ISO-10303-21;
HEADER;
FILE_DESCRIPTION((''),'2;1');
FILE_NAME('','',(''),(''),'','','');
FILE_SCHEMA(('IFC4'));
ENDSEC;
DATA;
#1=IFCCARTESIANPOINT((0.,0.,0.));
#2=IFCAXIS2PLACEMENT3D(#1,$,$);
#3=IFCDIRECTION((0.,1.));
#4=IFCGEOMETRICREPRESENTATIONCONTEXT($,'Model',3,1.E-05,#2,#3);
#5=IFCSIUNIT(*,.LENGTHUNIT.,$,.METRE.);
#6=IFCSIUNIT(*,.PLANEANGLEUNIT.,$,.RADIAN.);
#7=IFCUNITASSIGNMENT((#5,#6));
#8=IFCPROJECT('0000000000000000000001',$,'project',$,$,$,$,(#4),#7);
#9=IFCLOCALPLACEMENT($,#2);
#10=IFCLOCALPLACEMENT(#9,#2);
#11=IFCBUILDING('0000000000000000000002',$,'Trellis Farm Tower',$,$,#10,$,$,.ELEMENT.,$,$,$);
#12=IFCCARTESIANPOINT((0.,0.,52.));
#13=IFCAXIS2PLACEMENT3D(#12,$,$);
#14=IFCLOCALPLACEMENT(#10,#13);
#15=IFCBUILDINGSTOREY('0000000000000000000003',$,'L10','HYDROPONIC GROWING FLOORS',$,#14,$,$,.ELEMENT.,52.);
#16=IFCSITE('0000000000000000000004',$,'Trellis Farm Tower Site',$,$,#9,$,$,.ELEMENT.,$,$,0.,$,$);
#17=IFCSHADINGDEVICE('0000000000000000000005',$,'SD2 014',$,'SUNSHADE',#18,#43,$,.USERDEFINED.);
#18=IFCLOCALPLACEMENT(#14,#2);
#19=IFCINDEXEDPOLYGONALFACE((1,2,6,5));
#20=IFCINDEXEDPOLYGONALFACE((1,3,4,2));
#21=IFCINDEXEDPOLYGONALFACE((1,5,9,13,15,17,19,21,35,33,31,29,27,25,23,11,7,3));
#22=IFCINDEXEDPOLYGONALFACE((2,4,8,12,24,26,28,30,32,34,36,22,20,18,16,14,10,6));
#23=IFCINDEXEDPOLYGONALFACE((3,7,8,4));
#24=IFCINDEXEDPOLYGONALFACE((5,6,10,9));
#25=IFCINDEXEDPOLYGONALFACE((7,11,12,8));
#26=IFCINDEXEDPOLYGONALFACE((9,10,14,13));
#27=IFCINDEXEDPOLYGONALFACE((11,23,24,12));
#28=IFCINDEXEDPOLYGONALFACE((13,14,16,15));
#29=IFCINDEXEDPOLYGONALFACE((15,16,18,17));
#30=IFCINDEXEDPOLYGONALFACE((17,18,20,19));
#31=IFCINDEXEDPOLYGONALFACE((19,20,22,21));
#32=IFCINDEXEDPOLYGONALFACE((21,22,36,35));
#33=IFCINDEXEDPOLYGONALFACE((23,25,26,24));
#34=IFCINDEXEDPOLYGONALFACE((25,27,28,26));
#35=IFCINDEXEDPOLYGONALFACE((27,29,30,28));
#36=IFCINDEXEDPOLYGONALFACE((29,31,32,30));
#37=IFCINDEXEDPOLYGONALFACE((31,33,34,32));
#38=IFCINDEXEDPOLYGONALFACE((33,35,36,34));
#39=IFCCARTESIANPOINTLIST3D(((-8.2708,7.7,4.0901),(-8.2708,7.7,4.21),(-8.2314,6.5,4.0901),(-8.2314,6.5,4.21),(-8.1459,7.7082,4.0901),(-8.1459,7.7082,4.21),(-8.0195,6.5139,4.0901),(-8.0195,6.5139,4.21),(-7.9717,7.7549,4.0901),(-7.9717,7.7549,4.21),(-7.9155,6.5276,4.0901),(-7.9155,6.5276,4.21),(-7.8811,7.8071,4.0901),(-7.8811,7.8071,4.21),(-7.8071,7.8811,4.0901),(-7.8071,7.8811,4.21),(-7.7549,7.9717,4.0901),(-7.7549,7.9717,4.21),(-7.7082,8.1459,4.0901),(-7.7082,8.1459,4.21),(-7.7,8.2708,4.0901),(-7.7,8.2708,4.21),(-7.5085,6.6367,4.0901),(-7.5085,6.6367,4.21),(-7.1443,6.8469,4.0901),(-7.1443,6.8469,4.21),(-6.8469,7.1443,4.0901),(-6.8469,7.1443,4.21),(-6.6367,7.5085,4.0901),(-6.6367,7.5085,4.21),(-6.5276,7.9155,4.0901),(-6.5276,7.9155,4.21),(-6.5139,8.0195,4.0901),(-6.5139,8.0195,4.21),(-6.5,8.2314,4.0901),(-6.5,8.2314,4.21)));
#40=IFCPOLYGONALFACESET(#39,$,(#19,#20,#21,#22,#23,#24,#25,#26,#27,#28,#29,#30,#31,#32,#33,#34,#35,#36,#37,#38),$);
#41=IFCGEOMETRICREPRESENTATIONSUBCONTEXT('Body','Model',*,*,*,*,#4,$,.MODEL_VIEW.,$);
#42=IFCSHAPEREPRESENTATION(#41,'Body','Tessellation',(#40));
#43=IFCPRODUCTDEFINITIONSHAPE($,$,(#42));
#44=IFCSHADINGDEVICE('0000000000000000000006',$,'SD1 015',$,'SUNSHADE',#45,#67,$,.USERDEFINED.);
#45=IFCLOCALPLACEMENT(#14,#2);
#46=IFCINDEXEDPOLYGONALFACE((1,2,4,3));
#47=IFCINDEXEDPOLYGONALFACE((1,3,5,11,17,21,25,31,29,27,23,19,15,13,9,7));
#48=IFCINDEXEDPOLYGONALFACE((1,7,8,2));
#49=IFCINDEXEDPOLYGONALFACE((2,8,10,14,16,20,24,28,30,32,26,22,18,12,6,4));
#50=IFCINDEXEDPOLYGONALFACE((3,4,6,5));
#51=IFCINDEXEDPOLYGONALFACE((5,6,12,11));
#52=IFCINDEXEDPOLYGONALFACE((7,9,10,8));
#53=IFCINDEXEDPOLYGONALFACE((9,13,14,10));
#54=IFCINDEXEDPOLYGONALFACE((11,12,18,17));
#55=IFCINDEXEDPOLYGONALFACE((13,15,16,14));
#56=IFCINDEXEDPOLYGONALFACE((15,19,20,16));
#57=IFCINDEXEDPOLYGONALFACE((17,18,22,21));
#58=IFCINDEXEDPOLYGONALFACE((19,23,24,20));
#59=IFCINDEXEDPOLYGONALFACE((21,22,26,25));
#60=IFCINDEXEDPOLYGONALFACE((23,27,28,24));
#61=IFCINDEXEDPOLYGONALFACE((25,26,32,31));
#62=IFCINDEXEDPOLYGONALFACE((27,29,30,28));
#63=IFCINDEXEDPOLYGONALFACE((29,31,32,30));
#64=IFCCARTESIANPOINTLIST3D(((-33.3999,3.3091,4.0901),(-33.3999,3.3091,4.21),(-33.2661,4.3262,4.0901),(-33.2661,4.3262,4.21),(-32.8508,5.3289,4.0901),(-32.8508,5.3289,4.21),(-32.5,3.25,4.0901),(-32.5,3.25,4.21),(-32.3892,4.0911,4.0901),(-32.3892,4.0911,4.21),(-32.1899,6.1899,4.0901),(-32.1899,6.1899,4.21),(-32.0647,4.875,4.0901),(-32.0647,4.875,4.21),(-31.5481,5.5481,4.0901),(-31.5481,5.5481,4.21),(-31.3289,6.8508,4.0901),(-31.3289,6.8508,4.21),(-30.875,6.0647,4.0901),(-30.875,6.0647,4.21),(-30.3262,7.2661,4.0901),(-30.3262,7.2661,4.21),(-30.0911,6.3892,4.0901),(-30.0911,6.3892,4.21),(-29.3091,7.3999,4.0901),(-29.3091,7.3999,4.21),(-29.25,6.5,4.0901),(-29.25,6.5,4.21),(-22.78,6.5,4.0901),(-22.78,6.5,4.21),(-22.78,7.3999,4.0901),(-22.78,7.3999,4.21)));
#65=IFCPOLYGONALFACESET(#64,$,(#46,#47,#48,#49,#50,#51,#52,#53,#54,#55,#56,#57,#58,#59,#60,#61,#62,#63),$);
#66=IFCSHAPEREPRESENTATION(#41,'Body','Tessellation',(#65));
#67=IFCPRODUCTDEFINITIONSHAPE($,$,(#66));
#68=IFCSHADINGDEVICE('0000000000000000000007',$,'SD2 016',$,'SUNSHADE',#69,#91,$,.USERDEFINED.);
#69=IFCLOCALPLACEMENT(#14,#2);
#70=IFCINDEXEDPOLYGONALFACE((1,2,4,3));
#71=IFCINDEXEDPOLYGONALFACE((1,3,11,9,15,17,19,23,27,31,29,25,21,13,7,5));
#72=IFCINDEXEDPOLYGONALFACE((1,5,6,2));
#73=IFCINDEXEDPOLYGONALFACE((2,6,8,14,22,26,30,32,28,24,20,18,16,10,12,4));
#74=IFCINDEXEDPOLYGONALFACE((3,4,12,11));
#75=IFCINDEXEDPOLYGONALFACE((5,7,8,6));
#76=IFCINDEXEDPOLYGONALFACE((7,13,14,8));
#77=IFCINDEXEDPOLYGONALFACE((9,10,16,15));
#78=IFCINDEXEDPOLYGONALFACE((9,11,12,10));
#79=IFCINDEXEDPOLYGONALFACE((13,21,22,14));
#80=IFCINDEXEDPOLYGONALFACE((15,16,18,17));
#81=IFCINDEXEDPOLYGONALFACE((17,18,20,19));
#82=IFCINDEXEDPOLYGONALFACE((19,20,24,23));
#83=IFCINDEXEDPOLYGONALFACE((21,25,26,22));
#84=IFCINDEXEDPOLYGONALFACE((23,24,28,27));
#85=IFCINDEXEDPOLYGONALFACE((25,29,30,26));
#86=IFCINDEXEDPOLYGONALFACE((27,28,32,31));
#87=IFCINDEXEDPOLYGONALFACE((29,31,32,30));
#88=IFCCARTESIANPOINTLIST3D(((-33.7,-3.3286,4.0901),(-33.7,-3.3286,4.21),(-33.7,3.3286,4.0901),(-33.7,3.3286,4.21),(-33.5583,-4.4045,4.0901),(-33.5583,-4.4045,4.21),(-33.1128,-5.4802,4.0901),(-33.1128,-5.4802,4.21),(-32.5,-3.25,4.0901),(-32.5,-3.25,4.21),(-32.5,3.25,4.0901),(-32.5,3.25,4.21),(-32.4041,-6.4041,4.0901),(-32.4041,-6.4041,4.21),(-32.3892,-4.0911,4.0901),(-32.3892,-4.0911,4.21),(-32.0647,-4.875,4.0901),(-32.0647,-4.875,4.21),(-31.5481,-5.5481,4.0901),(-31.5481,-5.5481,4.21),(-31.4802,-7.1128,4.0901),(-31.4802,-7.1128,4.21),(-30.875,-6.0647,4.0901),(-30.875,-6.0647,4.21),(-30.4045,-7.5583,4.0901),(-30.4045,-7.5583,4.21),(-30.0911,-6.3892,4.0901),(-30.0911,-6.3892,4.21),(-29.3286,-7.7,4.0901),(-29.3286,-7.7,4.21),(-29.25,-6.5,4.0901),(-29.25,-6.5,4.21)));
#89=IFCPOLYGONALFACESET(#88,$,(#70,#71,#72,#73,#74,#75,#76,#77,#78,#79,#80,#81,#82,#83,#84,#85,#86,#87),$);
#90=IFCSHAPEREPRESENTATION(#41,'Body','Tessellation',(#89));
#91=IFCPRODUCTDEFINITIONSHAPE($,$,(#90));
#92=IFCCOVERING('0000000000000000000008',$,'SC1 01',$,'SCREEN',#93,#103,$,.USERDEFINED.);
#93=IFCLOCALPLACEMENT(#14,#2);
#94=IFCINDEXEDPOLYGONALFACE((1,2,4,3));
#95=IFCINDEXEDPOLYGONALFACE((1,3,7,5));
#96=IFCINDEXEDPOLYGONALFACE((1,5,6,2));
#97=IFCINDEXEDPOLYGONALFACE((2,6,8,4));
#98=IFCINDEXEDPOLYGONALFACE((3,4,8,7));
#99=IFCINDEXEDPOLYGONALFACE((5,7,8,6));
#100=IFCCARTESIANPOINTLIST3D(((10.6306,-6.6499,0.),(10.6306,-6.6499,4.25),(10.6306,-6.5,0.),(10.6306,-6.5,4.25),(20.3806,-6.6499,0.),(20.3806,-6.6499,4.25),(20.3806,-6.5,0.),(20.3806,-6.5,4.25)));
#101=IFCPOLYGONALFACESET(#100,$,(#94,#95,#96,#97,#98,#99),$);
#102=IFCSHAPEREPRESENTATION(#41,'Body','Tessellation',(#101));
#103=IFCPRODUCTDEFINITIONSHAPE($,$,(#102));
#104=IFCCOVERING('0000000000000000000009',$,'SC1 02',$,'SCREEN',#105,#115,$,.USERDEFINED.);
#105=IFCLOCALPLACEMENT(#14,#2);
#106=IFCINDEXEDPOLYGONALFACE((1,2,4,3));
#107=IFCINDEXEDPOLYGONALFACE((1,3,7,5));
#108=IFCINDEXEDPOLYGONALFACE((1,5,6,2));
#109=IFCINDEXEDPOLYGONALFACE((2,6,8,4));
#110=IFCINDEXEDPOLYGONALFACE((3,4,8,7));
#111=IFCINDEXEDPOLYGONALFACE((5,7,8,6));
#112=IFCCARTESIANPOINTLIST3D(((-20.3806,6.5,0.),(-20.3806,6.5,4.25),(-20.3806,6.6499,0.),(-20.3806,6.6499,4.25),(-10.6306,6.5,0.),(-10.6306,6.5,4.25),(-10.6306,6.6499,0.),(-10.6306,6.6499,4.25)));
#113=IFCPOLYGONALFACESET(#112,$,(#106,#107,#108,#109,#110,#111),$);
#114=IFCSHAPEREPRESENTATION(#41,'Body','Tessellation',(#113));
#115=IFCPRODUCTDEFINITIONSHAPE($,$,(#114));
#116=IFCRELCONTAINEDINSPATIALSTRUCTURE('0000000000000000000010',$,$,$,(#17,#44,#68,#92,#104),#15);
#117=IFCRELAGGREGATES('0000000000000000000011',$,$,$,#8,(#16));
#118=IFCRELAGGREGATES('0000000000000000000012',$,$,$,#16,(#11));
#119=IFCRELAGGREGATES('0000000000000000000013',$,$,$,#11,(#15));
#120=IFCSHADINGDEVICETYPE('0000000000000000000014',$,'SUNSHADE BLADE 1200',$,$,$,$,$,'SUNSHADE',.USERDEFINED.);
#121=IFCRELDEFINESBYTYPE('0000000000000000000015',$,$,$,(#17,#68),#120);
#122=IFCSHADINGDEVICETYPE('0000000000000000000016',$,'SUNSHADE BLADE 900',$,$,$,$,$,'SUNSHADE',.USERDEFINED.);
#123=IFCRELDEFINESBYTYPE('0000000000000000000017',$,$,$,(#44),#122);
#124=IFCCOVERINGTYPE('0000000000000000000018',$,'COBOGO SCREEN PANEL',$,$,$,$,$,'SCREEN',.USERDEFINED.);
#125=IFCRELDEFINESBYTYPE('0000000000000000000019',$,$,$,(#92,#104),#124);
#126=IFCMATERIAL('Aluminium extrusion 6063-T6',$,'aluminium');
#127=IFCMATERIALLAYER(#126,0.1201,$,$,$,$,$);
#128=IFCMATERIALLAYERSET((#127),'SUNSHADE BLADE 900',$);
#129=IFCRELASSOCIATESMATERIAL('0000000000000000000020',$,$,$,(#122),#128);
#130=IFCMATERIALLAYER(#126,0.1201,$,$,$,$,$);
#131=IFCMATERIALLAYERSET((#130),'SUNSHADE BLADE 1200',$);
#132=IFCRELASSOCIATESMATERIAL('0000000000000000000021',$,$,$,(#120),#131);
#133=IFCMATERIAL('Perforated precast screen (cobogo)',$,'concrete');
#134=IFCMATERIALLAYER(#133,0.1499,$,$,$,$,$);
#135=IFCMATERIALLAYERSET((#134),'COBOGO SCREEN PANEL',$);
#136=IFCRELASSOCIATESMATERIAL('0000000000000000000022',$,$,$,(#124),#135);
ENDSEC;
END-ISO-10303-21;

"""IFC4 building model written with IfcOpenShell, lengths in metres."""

from ifc_helpers import new_model, si_unit, direction, frame, origin, place, context, subcontext, project, spatial, polyline, outline, extrude, source, transform, mapped, material, layer, layer_set, type_object, element, save


model = new_model("IFC4")

# Units and contexts
model_context = context("Model", 3, precision=1e-05, world=origin(), true_north=direction((0.0, 1.0)))
body_context = subcontext(model_context, "Body", "Model", "MODEL_VIEW")
ifc_project = project(units=[si_unit("LENGTHUNIT", "METRE"), si_unit("PLANEANGLEUNIT", "RADIAN")], contexts=[model_context])

# Site, building, storey
site_placement = place(None, origin())
site = spatial("IfcSite", under=ifc_project, at=site_placement, Name="Trellis Farm Tower Site", CompositionType="ELEMENT", RefElevation=0.0)
building_placement = place(site_placement, origin())
building = spatial("IfcBuilding", under=site, at=building_placement, Name="Trellis Farm Tower", CompositionType="ELEMENT")
storey_placement = place(building_placement, frame((0.0, 0.0, 52.0)))
storey = spatial("IfcBuildingStorey", under=building, at=storey_placement, Name="L10", Description="HYDROPONIC GROWING FLOORS", CompositionType="ELEMENT", Elevation=52.0)

# Shared definitions
placement_1 = place(storey_placement, origin())
ifc_material_1 = material(Name="Aluminium extrusion 6063-T6", Category="aluminium")

# Shading devices
ifc_layer_1 = layer(ifc_material_1, 0.1201)
ifc_layer_set_1 = layer_set([ifc_layer_1], Name="SUNSHADE BLADE 900")
shading_device_type_1 = type_object("IfcShadingDeviceType", Name="SUNSHADE BLADE 900", ElementType="SUNSHADE", PredefinedType="USERDEFINED", material=ifc_layer_set_1)
placement_2 = place(storey_placement, frame((0.0, 0.0, 4.0901)))
ifc_layer_2 = layer(ifc_material_1, 0.1201)
ifc_layer_set_2 = layer_set([ifc_layer_2], Name="SUNSHADE BLADE 1200")
shading_device_type_2 = type_object("IfcShadingDeviceType", Name="SUNSHADE BLADE 1200", ElementType="SUNSHADE", PredefinedType="USERDEFINED", material=ifc_layer_set_2)
shared_shape_1 = source(origin(), body_context, "Body", "SweptSolid", [
    extrude(outline(polyline([(-7.7, 8.2708), (-7.7087, 8.1372), (-7.707, 8.1501), (-7.7549, 7.9717), (-7.8071, 7.8811), (-7.8811, 7.8071), (-7.9717, 7.7549), (-8.1501, 7.707), (-8.1372, 7.7087), (-8.2708, 7.7), (-8.2314, 6.5), (-8.0195, 6.5139), (-7.9155, 6.5276), (-7.5085, 6.6367), (-7.1443, 6.8469), (-6.8469, 7.1443), (-6.6367, 7.5085), (-6.5276, 7.9155), (-6.5139, 8.0195), (-6.5, 8.2314), (-7.7, 8.2708)])), origin(), (0.0, 0.0, 1.0), 0.1199),
])
element("IfcShadingDevice", 1, at=placement_2, inside=storey, type_object=shading_device_type_2, Name="SD2 014", ObjectType="SUNSHADE", PredefinedType="USERDEFINED", context=body_context, shape_type="MappedRepresentation", body=[
    mapped(shared_shape_1, transform((0.0, 0.0, 0.0))),
])
shared_shape_2 = source(origin(), body_context, "Body", "SweptSolid", [
    extrude(outline(polyline([(-22.78, 7.3999), (-29.3091, 7.3999), (-30.3262, 7.2661), (-31.3289, 6.8508), (-32.1899, 6.1899), (-32.8508, 5.3289), (-33.2661, 4.3262), (-33.3999, 3.3091), (-32.5, 3.25), (-32.3892, 4.0911), (-32.0647, 4.875), (-31.5481, 5.5481), (-30.875, 6.0647), (-30.0911, 6.3892), (-29.25, 6.5), (-22.78, 6.5), (-22.78, 7.3999)])), origin(), (0.0, 0.0, 1.0), 0.1199),
])
element("IfcShadingDevice", 2, at=placement_2, inside=storey, type_object=shading_device_type_1, Name="SD1 015", ObjectType="SUNSHADE", PredefinedType="USERDEFINED", context=body_context, shape_type="MappedRepresentation", body=[
    mapped(shared_shape_2, transform((0.0, 0.0, 0.0))),
])
shared_shape_3 = source(origin(), body_context, "Body", "SweptSolid", [
    extrude(outline(polyline([(-33.7, 3.3286), (-33.7, -3.3286), (-33.5583, -4.4045), (-33.1128, -5.4802), (-32.4041, -6.4041), (-31.4802, -7.1128), (-30.4045, -7.5583), (-29.3286, -7.7), (-29.25, -6.5), (-30.0911, -6.3892), (-30.875, -6.0647), (-31.5481, -5.5481), (-32.0647, -4.875), (-32.3892, -4.0911), (-32.5, -3.25), (-32.5, 3.25), (-33.7, 3.3286)])), origin(), (0.0, 0.0, 1.0), 0.1199),
])
element("IfcShadingDevice", 3, at=placement_2, inside=storey, type_object=shading_device_type_2, Name="SD2 016", ObjectType="SUNSHADE", PredefinedType="USERDEFINED", context=body_context, shape_type="MappedRepresentation", body=[
    mapped(shared_shape_3, transform((0.0, 0.0, 0.0))),
])

# Coverings
ifc_material_2 = material(Name="Perforated precast screen (cobogo)", Category="concrete")
ifc_layer_3 = layer(ifc_material_2, 0.1499)
ifc_layer_set_3 = layer_set([ifc_layer_3], Name="COBOGO SCREEN PANEL")
covering_type = type_object("IfcCoveringType", Name="COBOGO SCREEN PANEL", ElementType="SCREEN", PredefinedType="USERDEFINED", material=ifc_layer_set_3)
shared_shape_4 = source(origin(), body_context, "Body", "SweptSolid", [
    extrude(outline(polyline([(10.6306, -6.6499), (20.3806, -6.6499), (20.3806, -6.5), (10.6306, -6.5), (10.6306, -6.6499)])), origin(), (0.0, 0.0, 1.0), 4.25),
])
element("IfcCovering", 4, at=placement_1, inside=storey, type_object=covering_type, Name="SC1 01", ObjectType="SCREEN", PredefinedType="USERDEFINED", context=body_context, shape_type="MappedRepresentation", body=[
    mapped(shared_shape_4, transform((0.0, 0.0, 0.0))),
])
shared_shape_5 = source(origin(), body_context, "Body", "SweptSolid", [
    extrude(outline(polyline([(-10.6306, 6.6499), (-20.3806, 6.6499), (-20.3806, 6.5), (-10.6306, 6.5), (-10.6306, 6.6499)])), origin(), (0.0, 0.0, 1.0), 4.25),
])
element("IfcCovering", 5, at=placement_1, inside=storey, type_object=covering_type, Name="SC1 02", ObjectType="SCREEN", PredefinedType="USERDEFINED", context=body_context, shape_type="MappedRepresentation", body=[
    mapped(shared_shape_5, transform((0.0, 0.0, 0.0))),
])

save(model, "model.ifc")
